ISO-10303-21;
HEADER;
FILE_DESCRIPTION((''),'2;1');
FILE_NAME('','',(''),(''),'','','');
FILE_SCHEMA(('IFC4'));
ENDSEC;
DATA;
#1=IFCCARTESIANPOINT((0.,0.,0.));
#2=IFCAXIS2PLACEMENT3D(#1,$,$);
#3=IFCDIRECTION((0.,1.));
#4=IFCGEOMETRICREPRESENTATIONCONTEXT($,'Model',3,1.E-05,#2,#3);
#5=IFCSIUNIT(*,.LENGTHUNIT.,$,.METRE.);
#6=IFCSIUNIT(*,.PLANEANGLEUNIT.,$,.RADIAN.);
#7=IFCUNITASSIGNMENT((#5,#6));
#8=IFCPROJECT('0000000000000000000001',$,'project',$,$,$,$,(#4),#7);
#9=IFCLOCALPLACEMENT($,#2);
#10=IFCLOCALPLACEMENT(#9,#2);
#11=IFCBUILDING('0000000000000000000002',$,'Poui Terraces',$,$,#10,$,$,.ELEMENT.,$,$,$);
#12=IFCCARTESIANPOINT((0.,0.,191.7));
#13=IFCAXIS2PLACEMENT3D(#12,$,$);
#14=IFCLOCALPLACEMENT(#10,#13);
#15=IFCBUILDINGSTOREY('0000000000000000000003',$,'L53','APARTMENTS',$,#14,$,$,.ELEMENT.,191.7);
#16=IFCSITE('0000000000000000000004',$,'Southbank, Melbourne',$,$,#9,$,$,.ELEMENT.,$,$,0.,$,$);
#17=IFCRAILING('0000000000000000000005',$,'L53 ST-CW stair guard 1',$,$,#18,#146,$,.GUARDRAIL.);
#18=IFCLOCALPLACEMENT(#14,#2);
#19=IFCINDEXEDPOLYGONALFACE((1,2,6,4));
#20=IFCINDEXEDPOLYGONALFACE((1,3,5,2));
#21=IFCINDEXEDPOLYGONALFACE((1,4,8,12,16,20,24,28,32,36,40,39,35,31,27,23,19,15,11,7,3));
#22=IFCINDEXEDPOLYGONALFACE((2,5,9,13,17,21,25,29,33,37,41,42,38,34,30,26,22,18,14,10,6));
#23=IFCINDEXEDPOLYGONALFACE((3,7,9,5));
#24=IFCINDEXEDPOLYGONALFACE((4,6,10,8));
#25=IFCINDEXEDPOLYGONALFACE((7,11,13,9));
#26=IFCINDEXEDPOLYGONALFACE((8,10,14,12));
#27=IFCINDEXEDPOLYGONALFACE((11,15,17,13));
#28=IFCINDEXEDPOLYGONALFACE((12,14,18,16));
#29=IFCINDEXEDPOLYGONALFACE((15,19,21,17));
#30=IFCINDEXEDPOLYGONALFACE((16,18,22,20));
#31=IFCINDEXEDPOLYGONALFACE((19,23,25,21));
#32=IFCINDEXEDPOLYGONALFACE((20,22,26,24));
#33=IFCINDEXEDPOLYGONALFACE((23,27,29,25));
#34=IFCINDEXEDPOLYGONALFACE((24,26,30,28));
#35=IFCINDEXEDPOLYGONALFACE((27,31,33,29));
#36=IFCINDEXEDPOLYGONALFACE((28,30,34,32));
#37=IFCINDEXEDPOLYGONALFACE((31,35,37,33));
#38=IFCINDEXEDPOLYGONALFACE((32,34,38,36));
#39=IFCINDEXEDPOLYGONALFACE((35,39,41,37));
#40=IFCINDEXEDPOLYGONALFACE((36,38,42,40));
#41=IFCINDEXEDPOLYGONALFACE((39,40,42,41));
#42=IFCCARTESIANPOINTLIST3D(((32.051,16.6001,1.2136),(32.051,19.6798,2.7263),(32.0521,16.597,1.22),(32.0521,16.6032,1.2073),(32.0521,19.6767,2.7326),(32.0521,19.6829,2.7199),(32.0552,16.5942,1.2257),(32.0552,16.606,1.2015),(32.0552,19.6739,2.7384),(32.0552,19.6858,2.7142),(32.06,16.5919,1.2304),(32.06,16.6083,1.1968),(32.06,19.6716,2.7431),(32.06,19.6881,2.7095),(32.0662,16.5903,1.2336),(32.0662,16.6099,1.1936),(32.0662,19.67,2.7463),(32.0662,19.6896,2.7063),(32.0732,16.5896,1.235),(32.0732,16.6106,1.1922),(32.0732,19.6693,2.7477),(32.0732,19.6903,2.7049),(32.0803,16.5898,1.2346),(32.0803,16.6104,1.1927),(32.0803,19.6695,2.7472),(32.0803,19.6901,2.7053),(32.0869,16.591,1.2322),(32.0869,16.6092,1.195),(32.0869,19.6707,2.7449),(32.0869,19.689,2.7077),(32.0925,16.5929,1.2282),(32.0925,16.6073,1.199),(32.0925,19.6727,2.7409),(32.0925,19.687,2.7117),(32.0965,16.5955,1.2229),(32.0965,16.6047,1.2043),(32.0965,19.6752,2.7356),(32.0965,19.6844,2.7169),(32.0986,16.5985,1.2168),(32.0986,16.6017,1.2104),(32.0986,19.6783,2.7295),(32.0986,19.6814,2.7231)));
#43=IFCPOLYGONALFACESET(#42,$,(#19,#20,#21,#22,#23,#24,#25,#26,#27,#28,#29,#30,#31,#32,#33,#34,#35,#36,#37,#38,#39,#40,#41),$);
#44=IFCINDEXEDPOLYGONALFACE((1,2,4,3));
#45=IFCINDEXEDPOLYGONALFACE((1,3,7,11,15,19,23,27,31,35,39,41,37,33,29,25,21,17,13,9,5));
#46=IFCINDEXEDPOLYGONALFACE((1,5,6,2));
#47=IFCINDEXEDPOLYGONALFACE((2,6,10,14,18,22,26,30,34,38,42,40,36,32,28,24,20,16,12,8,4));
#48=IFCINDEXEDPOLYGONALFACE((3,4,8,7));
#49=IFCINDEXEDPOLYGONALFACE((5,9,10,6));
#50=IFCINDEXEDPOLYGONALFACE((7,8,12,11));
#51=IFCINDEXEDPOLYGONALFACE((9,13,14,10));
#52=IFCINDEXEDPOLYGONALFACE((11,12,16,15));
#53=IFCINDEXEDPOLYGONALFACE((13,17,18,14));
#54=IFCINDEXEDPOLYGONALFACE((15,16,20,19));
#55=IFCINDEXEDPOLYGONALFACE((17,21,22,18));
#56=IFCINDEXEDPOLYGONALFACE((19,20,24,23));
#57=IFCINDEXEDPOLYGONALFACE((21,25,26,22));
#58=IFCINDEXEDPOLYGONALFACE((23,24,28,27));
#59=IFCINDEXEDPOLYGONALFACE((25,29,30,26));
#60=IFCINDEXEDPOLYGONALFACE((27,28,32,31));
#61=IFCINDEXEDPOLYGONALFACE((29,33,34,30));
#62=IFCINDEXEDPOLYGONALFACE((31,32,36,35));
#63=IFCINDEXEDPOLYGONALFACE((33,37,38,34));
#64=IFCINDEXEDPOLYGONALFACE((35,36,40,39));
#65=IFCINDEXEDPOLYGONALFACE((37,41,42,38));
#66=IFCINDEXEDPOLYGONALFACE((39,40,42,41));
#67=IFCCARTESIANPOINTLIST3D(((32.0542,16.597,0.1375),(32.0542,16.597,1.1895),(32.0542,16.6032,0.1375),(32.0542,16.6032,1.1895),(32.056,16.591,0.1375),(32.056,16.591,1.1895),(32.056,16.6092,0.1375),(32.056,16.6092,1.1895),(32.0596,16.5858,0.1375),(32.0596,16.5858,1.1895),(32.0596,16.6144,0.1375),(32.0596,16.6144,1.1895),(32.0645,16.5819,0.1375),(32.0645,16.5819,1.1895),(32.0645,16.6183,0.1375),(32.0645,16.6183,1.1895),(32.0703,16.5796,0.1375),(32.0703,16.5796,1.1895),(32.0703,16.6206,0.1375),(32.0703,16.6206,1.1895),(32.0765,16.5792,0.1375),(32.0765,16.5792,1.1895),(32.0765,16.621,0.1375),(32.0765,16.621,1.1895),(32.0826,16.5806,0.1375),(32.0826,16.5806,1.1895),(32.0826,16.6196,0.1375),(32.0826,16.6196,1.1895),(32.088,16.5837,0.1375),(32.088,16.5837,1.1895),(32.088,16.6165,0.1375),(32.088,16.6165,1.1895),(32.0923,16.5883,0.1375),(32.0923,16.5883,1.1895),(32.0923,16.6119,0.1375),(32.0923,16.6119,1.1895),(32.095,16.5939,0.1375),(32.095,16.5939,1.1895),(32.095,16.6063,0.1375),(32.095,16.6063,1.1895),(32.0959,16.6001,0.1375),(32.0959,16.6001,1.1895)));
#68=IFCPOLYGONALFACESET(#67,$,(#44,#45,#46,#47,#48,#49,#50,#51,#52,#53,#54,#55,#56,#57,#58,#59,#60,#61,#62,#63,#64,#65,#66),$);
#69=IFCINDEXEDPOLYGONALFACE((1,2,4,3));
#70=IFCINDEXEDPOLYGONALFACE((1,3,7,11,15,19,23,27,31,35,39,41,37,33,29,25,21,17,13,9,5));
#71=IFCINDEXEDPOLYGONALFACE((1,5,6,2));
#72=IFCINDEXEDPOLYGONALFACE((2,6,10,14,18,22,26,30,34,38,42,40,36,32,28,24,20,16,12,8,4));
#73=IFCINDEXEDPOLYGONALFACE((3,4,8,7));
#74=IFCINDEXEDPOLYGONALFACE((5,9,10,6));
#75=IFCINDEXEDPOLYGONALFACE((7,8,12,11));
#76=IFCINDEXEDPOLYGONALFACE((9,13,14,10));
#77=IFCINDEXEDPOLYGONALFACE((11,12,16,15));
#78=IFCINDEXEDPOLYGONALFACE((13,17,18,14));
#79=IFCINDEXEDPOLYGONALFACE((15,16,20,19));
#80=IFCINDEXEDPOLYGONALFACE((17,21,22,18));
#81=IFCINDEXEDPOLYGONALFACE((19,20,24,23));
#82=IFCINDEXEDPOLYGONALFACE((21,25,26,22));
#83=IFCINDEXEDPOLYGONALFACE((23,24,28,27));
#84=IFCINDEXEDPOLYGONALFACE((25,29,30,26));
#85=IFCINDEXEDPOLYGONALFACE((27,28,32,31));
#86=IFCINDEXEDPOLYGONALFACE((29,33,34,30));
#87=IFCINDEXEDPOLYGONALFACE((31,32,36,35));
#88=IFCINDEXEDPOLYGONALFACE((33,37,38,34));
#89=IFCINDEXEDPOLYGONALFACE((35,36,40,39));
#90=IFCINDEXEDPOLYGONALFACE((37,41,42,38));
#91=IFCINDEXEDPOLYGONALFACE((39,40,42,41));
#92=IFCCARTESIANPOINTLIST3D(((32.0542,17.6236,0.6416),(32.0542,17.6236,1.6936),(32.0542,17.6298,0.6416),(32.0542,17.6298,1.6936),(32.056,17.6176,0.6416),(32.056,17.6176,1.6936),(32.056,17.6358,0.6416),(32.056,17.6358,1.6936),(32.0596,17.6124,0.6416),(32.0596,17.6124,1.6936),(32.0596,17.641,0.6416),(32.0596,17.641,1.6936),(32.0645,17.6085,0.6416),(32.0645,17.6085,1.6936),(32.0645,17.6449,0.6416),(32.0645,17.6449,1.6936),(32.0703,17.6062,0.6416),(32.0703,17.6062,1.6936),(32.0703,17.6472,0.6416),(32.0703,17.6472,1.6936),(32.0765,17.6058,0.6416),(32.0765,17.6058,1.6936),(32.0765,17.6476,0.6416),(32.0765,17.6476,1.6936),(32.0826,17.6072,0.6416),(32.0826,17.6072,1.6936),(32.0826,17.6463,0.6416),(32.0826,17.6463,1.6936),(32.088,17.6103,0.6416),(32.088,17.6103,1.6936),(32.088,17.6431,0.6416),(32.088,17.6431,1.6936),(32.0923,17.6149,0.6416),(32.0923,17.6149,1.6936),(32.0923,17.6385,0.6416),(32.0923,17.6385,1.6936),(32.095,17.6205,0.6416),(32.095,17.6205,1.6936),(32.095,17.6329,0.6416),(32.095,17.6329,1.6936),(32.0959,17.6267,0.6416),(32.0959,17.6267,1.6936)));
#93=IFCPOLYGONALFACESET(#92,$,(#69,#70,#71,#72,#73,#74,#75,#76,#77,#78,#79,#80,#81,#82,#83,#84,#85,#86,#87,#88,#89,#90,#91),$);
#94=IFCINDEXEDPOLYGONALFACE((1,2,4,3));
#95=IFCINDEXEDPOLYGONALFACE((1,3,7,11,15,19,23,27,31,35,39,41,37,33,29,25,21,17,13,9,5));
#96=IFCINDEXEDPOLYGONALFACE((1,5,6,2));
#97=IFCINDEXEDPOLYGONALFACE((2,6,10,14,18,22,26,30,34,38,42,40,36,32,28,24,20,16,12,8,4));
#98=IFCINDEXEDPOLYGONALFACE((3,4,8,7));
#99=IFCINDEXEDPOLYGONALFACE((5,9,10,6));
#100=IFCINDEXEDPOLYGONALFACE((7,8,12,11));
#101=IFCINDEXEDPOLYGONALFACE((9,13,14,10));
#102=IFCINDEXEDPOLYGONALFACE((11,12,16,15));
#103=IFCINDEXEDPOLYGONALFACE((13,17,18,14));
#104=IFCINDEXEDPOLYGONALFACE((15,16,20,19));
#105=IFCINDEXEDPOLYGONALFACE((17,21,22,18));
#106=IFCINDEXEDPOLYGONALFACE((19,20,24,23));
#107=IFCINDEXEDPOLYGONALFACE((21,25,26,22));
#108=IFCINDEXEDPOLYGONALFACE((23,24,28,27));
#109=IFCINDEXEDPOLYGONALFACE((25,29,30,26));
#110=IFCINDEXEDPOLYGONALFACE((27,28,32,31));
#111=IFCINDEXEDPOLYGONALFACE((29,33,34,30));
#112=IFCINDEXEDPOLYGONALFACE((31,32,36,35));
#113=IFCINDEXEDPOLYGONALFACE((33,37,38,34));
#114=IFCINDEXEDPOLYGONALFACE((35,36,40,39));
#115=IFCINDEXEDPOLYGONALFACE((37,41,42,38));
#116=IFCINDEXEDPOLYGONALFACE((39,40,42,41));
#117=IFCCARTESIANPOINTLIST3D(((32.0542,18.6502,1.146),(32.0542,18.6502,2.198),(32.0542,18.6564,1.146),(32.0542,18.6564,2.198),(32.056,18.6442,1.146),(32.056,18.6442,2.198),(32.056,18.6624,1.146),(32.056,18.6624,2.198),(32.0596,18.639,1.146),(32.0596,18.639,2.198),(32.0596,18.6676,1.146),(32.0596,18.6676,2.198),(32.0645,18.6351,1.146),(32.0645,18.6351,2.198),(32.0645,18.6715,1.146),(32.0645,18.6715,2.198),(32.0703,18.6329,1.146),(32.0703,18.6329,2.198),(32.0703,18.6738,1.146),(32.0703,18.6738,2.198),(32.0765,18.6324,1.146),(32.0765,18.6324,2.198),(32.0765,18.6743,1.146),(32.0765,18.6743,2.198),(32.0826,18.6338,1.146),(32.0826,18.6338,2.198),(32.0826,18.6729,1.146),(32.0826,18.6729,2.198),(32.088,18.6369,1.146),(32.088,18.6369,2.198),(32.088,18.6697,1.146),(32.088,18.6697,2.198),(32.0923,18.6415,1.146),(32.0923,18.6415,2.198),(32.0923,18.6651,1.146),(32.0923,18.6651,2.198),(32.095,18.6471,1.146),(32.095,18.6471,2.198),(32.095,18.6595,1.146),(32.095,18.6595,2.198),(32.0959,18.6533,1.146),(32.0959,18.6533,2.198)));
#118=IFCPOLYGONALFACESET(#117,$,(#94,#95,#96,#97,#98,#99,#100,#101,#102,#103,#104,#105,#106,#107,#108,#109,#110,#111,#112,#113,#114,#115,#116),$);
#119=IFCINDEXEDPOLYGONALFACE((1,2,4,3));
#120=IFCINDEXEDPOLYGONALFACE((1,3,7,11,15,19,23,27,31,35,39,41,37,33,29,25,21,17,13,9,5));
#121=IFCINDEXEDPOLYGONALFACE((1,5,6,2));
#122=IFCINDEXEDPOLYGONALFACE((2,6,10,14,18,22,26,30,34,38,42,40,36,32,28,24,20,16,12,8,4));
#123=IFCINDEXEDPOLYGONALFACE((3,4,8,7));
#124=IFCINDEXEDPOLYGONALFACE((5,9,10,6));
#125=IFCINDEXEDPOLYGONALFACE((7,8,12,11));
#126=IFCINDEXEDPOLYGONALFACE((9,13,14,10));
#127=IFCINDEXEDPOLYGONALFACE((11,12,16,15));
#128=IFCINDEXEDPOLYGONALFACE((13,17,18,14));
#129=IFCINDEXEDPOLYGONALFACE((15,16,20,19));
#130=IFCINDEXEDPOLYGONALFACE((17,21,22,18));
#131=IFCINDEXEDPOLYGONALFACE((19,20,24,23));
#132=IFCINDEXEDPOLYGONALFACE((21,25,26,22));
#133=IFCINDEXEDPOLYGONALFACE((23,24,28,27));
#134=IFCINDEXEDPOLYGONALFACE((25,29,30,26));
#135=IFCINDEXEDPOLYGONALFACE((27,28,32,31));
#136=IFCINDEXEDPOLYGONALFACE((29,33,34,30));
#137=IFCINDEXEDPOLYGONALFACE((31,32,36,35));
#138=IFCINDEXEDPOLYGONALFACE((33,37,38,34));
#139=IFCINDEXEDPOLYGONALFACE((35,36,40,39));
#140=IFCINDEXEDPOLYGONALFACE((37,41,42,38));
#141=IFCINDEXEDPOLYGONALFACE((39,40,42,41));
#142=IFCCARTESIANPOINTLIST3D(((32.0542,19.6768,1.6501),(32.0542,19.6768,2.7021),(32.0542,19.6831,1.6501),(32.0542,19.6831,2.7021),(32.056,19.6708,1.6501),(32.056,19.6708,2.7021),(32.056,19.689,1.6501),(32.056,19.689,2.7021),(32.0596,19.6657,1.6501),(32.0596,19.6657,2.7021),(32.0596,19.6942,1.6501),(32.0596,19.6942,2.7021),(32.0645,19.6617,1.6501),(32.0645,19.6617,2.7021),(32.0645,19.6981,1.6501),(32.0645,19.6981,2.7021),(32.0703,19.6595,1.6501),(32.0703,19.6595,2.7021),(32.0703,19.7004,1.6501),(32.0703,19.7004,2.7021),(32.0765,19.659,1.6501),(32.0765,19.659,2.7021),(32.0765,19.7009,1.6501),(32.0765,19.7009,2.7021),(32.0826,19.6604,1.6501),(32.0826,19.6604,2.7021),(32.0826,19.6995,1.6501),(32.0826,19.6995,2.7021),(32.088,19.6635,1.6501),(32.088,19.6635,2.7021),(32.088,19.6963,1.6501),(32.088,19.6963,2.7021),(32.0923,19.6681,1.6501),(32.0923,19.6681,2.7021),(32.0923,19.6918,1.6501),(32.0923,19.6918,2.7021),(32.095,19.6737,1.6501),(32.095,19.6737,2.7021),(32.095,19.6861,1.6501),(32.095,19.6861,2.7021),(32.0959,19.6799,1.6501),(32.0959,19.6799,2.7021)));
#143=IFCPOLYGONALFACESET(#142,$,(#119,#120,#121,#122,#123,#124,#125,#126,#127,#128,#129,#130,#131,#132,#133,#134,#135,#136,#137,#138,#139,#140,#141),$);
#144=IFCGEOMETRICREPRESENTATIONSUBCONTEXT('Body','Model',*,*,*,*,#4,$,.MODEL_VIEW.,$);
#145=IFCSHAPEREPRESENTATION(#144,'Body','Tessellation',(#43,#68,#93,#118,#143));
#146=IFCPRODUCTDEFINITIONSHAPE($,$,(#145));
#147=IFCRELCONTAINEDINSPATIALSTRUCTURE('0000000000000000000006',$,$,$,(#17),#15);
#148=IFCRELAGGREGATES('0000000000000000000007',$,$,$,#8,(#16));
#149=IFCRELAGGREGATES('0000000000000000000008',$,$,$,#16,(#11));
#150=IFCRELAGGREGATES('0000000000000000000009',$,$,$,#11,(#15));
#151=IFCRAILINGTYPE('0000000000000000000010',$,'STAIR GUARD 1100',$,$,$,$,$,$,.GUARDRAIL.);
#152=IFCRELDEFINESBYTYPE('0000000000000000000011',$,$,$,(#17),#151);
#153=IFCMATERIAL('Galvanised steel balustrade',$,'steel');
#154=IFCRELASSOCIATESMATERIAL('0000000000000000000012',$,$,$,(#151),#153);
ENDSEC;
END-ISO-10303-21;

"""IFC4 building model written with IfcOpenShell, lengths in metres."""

from ifc_helpers import new_model, si_unit, direction, frame, origin, origin_2d, place, context, subcontext, project, spatial, circle, extrude, material, type_object, element, save


model = new_model("IFC4")

# Units and contexts
model_context = context("Model", 3, precision=1e-05, world=origin(), true_north=direction((0.0, 1.0)))
body_context = subcontext(model_context, "Body", "Model", "MODEL_VIEW")
ifc_project = project(units=[si_unit("LENGTHUNIT", "METRE"), si_unit("PLANEANGLEUNIT", "RADIAN")], contexts=[model_context])

# Site, building, storey
site_placement = place(None, origin())
site = spatial("IfcSite", under=ifc_project, at=site_placement, Name="Southbank, Melbourne", CompositionType="ELEMENT", RefElevation=0.0)
building_placement = place(site_placement, origin())
building = spatial("IfcBuilding", under=site, at=building_placement, Name="Poui Terraces", CompositionType="ELEMENT")
storey_placement = place(building_placement, frame((0.0, 0.0, 191.7)))
storey = spatial("IfcBuildingStorey", under=building, at=storey_placement, Name="L53", Description="APARTMENTS", CompositionType="ELEMENT", Elevation=191.7)

# Railing
ifc_material_1 = material(Name="Galvanised steel balustrade", Category="steel")
railing_type_1 = type_object("IfcRailingType", Name="STAIR GUARD 1100", PredefinedType="GUARDRAIL", material=ifc_material_1)
railing_1_placement = place(storey_placement, frame((32.075, 16.6001, 0.1375)))
element("IfcRailing", 1, at=railing_1_placement, inside=storey, type_object=railing_type_1, Name="L53 ST-CW stair guard 1", PredefinedType="GUARDRAIL", context=body_context, shape_type="SweptSolid", body=[
    extrude(circle(Radius=0.0239, at=origin_2d()), frame((0.0, 0.0, 1.0762), z_axis=(0.0, 0.897578, 0.440856), x_axis=(-1.0, 0.0, 0.0)), (0.0, 0.0, 1.0), 3.4312),
    extrude(circle(Radius=0.021, at=origin_2d()), origin(), (0.0, 0.0, 1.0), 1.052),
    extrude(circle(Radius=0.021, at=origin_2d()), frame((0.0, 1.0266, 0.5042)), (0.0, 0.0, 1.0), 1.052),
    extrude(circle(Radius=0.021, at=origin_2d()), frame((0.0, 2.0532, 1.0085)), (0.0, 0.0, 1.0), 1.052),
    extrude(circle(Radius=0.021, at=origin_2d()), frame((0.0, 3.0798, 1.5127)), (0.0, 0.0, 1.0), 1.052),
])

save(model, "model.ifc")
